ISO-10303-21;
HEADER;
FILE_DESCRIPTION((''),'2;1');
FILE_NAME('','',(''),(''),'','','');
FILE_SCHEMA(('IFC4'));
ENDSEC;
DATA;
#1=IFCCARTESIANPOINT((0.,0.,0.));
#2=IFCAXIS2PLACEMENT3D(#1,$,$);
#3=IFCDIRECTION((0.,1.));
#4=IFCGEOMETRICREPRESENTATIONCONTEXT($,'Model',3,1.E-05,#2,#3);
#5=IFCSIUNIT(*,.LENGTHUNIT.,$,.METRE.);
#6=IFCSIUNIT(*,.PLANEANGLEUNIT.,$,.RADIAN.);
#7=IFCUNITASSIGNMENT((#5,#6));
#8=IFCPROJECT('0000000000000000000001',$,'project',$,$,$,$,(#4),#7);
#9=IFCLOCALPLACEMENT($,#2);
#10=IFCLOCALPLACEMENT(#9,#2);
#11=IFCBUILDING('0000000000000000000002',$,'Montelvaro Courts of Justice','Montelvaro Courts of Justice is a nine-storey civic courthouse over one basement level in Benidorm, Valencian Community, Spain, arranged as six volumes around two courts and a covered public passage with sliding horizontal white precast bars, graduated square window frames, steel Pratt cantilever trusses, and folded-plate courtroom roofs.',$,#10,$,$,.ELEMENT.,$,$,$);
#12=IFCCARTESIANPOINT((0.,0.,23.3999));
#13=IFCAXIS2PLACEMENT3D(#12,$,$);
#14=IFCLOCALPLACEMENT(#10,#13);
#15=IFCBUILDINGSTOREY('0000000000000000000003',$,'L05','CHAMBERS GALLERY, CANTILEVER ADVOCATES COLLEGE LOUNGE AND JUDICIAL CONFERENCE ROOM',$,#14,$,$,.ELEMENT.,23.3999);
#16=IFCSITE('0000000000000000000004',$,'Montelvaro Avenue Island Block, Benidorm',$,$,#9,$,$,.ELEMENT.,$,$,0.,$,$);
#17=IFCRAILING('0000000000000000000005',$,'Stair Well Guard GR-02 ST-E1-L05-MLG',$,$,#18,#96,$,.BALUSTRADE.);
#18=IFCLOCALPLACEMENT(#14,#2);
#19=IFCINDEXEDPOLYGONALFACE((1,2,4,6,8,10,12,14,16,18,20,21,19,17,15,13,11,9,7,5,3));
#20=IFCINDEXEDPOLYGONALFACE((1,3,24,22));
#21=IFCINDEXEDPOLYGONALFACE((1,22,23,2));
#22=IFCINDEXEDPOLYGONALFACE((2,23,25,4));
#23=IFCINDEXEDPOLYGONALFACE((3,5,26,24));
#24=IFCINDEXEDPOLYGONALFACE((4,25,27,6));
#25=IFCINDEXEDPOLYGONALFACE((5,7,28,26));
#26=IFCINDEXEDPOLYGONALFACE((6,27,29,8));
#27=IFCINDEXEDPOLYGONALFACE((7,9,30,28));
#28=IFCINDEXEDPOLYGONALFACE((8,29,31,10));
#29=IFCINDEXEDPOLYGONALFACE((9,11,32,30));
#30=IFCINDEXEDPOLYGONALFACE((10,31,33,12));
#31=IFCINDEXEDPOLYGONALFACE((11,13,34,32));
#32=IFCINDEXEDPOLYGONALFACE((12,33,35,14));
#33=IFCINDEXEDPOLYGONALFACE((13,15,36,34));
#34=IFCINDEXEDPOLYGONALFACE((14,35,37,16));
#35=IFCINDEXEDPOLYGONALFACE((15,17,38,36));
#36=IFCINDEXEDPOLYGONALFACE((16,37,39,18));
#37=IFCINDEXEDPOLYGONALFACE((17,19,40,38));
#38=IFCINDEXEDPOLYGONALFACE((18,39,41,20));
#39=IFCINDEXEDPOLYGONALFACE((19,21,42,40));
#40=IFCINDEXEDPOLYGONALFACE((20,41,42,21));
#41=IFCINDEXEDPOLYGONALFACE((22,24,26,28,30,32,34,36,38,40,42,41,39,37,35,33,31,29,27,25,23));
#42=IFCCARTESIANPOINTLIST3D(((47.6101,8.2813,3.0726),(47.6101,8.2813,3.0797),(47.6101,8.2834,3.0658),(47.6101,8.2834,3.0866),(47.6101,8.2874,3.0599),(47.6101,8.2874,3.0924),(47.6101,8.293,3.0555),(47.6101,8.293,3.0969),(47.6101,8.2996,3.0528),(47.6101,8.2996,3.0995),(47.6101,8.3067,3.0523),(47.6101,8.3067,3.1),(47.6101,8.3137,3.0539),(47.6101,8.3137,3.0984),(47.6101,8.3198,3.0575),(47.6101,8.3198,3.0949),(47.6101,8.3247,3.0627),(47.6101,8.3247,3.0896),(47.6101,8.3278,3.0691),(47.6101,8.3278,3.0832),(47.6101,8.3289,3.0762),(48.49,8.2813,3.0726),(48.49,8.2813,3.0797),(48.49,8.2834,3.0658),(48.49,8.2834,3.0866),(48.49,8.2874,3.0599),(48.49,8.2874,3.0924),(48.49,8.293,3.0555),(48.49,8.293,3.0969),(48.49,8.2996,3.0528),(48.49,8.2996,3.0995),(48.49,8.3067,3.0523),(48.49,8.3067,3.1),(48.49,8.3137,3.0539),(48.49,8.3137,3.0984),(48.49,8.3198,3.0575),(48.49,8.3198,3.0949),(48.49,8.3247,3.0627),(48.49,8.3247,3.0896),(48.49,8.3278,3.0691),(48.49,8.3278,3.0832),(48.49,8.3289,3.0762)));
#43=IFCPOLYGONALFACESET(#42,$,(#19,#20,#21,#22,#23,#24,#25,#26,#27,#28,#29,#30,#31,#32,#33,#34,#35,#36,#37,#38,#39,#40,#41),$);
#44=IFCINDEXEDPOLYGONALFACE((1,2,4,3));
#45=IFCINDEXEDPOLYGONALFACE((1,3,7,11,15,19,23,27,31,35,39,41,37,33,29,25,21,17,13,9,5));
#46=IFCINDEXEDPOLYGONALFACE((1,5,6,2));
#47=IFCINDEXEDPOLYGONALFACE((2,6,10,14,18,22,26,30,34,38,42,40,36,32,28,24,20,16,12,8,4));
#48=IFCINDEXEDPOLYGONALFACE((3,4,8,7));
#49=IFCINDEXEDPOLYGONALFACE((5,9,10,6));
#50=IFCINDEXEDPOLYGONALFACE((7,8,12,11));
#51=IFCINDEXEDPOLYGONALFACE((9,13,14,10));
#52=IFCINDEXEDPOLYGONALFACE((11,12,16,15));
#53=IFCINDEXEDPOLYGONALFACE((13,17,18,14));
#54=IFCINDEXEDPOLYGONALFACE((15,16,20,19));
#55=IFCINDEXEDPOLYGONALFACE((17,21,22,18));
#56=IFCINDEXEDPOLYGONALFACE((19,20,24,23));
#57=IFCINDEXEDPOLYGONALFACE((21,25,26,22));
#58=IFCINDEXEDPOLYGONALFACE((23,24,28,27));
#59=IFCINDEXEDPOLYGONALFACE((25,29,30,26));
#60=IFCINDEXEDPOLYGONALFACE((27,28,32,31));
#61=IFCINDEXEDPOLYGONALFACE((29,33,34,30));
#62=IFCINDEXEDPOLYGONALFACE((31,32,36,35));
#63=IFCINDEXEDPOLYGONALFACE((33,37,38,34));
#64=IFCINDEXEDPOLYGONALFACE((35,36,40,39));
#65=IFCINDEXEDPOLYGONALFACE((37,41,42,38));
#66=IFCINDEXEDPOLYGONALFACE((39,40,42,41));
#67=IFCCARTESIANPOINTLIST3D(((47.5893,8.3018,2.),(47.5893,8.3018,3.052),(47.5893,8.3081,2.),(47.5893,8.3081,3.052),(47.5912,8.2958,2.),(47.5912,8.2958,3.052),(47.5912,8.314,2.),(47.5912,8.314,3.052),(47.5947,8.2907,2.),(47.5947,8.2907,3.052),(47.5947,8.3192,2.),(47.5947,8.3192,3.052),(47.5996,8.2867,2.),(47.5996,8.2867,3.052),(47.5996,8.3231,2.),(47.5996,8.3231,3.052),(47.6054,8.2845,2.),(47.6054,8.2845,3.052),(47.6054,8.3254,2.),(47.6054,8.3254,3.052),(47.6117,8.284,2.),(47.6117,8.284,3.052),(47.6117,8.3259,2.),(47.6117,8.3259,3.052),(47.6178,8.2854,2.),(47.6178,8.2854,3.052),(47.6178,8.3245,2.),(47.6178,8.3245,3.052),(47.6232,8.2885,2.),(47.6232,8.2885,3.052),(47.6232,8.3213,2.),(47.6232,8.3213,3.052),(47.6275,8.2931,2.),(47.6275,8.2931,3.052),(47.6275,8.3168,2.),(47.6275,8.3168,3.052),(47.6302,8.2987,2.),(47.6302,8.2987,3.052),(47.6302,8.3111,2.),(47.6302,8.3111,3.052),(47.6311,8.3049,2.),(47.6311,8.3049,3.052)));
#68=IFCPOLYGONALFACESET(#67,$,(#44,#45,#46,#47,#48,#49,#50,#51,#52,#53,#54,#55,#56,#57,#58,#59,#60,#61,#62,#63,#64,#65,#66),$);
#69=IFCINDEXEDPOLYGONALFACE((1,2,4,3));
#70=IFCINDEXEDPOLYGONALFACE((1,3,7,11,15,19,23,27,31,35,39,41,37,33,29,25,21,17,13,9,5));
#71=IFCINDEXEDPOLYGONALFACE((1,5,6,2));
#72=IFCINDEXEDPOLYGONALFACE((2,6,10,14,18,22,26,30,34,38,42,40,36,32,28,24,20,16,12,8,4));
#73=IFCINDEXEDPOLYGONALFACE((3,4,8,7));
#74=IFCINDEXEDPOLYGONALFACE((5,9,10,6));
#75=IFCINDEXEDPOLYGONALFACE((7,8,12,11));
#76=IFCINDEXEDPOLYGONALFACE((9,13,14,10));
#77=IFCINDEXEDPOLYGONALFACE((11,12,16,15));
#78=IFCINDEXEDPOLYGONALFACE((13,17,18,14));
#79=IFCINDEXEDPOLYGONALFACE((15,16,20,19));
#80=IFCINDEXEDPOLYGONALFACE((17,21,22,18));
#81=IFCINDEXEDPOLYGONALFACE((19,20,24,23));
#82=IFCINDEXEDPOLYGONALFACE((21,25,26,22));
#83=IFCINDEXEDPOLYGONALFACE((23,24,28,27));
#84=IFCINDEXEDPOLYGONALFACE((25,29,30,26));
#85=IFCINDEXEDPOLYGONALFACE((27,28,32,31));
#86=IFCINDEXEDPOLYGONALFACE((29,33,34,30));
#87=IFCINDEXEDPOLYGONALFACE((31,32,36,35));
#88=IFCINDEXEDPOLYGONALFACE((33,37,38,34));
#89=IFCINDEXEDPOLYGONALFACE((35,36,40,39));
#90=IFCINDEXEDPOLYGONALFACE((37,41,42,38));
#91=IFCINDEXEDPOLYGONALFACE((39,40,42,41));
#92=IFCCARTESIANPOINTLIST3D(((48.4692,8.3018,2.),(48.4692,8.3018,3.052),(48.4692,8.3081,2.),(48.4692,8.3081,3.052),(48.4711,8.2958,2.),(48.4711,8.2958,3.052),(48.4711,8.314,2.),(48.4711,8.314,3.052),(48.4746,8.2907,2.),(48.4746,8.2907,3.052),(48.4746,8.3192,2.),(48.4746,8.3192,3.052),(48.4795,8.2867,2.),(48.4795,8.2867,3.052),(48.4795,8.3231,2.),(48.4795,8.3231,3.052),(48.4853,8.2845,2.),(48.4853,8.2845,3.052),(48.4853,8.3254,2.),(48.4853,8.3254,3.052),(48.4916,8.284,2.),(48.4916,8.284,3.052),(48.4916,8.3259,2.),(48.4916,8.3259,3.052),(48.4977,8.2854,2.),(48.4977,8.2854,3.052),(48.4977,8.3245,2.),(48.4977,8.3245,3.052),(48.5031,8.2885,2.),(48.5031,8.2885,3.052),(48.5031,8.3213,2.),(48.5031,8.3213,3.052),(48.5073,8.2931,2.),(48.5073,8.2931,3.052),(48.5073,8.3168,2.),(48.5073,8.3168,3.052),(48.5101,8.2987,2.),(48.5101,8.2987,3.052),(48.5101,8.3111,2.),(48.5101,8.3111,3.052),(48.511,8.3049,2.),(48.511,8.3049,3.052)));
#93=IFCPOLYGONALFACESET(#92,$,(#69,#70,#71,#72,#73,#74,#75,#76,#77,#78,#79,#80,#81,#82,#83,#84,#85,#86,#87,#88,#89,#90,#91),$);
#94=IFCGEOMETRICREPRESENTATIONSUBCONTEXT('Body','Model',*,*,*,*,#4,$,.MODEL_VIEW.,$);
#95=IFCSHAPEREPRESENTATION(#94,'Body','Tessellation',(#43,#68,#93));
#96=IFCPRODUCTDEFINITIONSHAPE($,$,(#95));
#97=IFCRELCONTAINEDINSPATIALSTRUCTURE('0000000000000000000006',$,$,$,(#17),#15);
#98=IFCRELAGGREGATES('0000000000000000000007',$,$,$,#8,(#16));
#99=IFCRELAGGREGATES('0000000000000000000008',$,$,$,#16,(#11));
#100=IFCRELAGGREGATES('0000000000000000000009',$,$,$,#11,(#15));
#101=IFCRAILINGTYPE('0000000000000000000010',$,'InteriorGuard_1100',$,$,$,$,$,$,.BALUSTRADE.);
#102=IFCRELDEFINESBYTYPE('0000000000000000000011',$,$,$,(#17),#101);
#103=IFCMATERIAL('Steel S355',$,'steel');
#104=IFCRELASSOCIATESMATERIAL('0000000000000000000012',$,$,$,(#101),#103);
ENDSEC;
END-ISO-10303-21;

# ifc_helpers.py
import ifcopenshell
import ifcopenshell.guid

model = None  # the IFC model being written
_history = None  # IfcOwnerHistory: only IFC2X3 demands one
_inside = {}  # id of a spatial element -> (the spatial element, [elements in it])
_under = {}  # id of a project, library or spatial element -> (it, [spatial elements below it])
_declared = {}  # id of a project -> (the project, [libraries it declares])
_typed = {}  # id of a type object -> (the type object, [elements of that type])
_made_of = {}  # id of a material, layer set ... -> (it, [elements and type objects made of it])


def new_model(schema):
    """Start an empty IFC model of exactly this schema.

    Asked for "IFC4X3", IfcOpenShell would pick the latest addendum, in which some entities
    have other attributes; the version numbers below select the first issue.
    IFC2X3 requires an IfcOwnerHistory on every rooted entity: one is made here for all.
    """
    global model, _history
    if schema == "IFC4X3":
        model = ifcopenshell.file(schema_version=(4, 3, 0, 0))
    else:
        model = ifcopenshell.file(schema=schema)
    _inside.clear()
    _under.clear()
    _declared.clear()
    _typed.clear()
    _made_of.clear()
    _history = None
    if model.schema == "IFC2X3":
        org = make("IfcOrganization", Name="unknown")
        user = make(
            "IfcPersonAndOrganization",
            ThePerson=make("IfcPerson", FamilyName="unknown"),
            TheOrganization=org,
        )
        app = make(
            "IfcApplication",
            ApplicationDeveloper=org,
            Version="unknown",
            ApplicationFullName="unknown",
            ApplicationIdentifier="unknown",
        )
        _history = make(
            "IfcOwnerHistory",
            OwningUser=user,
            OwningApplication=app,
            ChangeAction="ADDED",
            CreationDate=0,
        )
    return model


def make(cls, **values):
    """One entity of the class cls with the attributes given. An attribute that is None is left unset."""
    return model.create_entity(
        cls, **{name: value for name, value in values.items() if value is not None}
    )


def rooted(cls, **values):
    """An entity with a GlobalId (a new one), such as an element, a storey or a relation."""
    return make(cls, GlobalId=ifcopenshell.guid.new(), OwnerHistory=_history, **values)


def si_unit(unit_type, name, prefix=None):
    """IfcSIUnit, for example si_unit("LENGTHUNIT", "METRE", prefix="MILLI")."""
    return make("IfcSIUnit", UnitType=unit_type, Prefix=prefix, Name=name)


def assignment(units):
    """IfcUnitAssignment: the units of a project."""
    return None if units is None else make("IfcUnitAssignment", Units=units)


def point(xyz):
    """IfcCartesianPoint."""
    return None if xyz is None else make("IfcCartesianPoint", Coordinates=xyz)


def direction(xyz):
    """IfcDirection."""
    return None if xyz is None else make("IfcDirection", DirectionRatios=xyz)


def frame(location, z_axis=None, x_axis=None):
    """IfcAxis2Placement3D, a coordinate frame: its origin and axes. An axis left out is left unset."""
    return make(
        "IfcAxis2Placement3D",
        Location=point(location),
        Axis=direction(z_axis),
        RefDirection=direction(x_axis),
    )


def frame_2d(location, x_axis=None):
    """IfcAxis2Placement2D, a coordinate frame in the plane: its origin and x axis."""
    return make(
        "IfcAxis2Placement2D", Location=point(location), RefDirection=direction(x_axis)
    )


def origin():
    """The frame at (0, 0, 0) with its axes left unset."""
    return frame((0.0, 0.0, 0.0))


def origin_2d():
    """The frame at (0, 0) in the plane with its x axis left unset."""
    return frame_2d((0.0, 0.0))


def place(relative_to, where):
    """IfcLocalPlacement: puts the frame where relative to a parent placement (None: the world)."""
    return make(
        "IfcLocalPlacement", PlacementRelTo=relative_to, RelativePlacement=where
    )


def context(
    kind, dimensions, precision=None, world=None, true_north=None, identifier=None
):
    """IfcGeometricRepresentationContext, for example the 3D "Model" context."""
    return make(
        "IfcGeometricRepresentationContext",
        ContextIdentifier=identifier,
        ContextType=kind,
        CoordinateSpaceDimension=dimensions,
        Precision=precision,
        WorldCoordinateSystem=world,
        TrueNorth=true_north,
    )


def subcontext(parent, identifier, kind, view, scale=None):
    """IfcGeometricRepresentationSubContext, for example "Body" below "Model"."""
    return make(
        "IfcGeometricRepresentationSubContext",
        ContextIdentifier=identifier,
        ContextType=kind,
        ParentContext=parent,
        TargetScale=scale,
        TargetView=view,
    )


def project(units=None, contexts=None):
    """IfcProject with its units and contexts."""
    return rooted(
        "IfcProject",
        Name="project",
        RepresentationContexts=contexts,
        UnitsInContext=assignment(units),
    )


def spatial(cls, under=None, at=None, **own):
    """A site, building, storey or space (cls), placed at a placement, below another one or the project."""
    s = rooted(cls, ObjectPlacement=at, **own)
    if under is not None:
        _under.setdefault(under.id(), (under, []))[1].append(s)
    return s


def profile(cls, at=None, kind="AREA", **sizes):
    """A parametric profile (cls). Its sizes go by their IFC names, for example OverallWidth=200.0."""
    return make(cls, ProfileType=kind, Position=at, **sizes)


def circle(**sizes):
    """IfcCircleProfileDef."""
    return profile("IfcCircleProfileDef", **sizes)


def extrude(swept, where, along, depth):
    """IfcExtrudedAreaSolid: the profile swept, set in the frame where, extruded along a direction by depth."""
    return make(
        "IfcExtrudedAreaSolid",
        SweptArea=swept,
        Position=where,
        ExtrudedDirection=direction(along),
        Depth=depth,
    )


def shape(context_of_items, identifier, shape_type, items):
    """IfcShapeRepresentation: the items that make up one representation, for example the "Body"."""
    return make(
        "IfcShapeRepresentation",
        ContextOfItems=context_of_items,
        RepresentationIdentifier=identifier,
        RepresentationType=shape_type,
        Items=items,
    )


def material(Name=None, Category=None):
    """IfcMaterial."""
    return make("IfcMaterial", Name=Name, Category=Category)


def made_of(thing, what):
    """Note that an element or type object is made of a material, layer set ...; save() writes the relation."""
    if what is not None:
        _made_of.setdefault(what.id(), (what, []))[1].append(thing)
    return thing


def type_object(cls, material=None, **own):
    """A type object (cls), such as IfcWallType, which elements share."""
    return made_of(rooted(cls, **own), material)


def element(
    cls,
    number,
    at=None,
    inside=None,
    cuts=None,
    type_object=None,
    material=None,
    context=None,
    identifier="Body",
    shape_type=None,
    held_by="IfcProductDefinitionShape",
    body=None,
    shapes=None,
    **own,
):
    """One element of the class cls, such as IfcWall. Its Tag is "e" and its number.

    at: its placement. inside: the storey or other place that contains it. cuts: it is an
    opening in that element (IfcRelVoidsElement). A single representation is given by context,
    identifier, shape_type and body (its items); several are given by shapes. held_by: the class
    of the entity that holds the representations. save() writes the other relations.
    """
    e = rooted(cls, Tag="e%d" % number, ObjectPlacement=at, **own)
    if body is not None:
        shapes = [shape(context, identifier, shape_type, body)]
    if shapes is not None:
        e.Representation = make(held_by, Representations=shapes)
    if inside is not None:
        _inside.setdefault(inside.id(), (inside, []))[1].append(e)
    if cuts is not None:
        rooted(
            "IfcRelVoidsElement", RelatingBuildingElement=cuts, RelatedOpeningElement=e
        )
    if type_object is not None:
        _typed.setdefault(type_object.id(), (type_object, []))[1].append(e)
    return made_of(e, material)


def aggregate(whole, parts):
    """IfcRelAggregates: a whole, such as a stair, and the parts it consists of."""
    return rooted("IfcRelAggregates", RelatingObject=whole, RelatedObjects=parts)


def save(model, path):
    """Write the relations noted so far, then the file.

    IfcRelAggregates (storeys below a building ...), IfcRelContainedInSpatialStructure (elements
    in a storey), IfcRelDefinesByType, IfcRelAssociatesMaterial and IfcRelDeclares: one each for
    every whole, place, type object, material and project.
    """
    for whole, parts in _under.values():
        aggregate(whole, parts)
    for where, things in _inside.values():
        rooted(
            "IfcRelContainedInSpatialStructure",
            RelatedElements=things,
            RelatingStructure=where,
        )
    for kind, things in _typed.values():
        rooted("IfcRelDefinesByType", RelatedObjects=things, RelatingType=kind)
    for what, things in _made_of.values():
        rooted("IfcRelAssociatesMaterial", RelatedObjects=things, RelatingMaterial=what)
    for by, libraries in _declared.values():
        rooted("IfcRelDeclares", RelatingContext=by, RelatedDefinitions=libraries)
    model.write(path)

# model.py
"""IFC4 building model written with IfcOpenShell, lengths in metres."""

from ifc_helpers import new_model, si_unit, direction, frame, origin, origin_2d, place, context, subcontext, project, spatial, circle, extrude, material, type_object, element, save


model = new_model("IFC4")

# Units and contexts
model_context = context("Model", 3, precision=1e-05, world=origin(), true_north=direction((0.0, 1.0)))
body_context = subcontext(model_context, "Body", "Model", "MODEL_VIEW")
ifc_project = project(units=[si_unit("LENGTHUNIT", "METRE"), si_unit("PLANEANGLEUNIT", "RADIAN")], contexts=[model_context])

# Site, building, storey
site_placement = place(None, origin())
site = spatial("IfcSite", under=ifc_project, at=site_placement, Name="Montelvaro Avenue Island Block, Benidorm", CompositionType="ELEMENT", RefElevation=0.0)
building_placement = place(site_placement, origin())
building = spatial("IfcBuilding", under=site, at=building_placement, Name="Montelvaro Courts of Justice", Description="Montelvaro Courts of Justice is a nine-storey civic courthouse over one basement level in Benidorm, Valencian Community, Spain, arranged as six volumes around two courts and a covered public passage with sliding horizontal white precast bars, graduated square window frames, steel Pratt cantilever trusses, and folded-plate courtroom roofs.", CompositionType="ELEMENT")
storey_placement = place(building_placement, frame((0.0, 0.0, 23.3999)))
storey = spatial("IfcBuildingStorey", under=building, at=storey_placement, Name="L05", Description="CHAMBERS GALLERY, CANTILEVER ADVOCATES COLLEGE LOUNGE AND JUDICIAL CONFERENCE ROOM", CompositionType="ELEMENT", Elevation=23.3999)

# Shared definitions
ifc_material_1 = material(Name="Steel S355", Category="steel")

# Railing
railing_type_1 = type_object("IfcRailingType", Name="InteriorGuard_1100", PredefinedType="BALUSTRADE", material=ifc_material_1)
railing_1_placement = place(storey_placement, frame((47.6101, 8.3049, 2.0)))
element("IfcRailing", 1, at=railing_1_placement, inside=storey, type_object=railing_type_1, Name="Stair Well Guard GR-02 ST-E1-L05-MLG", PredefinedType="BALUSTRADE", context=body_context, shape_type="SweptSolid", body=[
    extrude(circle(Radius=0.0239, at=origin_2d()), frame((0.0, 0.0, 1.0762), z_axis=(1.0, 0.0, 0.0), x_axis=(0.0, 1.0, 0.0)), (0.0, 0.0, 1.0), 0.8799),
    extrude(circle(Radius=0.021, at=origin_2d()), origin(), (0.0, 0.0, 1.0), 1.052),
    extrude(circle(Radius=0.021, at=origin_2d()), frame((0.8799, 0.0, 0.0)), (0.0, 0.0, 1.0), 1.052),
])

save(model, "model.ifc")
